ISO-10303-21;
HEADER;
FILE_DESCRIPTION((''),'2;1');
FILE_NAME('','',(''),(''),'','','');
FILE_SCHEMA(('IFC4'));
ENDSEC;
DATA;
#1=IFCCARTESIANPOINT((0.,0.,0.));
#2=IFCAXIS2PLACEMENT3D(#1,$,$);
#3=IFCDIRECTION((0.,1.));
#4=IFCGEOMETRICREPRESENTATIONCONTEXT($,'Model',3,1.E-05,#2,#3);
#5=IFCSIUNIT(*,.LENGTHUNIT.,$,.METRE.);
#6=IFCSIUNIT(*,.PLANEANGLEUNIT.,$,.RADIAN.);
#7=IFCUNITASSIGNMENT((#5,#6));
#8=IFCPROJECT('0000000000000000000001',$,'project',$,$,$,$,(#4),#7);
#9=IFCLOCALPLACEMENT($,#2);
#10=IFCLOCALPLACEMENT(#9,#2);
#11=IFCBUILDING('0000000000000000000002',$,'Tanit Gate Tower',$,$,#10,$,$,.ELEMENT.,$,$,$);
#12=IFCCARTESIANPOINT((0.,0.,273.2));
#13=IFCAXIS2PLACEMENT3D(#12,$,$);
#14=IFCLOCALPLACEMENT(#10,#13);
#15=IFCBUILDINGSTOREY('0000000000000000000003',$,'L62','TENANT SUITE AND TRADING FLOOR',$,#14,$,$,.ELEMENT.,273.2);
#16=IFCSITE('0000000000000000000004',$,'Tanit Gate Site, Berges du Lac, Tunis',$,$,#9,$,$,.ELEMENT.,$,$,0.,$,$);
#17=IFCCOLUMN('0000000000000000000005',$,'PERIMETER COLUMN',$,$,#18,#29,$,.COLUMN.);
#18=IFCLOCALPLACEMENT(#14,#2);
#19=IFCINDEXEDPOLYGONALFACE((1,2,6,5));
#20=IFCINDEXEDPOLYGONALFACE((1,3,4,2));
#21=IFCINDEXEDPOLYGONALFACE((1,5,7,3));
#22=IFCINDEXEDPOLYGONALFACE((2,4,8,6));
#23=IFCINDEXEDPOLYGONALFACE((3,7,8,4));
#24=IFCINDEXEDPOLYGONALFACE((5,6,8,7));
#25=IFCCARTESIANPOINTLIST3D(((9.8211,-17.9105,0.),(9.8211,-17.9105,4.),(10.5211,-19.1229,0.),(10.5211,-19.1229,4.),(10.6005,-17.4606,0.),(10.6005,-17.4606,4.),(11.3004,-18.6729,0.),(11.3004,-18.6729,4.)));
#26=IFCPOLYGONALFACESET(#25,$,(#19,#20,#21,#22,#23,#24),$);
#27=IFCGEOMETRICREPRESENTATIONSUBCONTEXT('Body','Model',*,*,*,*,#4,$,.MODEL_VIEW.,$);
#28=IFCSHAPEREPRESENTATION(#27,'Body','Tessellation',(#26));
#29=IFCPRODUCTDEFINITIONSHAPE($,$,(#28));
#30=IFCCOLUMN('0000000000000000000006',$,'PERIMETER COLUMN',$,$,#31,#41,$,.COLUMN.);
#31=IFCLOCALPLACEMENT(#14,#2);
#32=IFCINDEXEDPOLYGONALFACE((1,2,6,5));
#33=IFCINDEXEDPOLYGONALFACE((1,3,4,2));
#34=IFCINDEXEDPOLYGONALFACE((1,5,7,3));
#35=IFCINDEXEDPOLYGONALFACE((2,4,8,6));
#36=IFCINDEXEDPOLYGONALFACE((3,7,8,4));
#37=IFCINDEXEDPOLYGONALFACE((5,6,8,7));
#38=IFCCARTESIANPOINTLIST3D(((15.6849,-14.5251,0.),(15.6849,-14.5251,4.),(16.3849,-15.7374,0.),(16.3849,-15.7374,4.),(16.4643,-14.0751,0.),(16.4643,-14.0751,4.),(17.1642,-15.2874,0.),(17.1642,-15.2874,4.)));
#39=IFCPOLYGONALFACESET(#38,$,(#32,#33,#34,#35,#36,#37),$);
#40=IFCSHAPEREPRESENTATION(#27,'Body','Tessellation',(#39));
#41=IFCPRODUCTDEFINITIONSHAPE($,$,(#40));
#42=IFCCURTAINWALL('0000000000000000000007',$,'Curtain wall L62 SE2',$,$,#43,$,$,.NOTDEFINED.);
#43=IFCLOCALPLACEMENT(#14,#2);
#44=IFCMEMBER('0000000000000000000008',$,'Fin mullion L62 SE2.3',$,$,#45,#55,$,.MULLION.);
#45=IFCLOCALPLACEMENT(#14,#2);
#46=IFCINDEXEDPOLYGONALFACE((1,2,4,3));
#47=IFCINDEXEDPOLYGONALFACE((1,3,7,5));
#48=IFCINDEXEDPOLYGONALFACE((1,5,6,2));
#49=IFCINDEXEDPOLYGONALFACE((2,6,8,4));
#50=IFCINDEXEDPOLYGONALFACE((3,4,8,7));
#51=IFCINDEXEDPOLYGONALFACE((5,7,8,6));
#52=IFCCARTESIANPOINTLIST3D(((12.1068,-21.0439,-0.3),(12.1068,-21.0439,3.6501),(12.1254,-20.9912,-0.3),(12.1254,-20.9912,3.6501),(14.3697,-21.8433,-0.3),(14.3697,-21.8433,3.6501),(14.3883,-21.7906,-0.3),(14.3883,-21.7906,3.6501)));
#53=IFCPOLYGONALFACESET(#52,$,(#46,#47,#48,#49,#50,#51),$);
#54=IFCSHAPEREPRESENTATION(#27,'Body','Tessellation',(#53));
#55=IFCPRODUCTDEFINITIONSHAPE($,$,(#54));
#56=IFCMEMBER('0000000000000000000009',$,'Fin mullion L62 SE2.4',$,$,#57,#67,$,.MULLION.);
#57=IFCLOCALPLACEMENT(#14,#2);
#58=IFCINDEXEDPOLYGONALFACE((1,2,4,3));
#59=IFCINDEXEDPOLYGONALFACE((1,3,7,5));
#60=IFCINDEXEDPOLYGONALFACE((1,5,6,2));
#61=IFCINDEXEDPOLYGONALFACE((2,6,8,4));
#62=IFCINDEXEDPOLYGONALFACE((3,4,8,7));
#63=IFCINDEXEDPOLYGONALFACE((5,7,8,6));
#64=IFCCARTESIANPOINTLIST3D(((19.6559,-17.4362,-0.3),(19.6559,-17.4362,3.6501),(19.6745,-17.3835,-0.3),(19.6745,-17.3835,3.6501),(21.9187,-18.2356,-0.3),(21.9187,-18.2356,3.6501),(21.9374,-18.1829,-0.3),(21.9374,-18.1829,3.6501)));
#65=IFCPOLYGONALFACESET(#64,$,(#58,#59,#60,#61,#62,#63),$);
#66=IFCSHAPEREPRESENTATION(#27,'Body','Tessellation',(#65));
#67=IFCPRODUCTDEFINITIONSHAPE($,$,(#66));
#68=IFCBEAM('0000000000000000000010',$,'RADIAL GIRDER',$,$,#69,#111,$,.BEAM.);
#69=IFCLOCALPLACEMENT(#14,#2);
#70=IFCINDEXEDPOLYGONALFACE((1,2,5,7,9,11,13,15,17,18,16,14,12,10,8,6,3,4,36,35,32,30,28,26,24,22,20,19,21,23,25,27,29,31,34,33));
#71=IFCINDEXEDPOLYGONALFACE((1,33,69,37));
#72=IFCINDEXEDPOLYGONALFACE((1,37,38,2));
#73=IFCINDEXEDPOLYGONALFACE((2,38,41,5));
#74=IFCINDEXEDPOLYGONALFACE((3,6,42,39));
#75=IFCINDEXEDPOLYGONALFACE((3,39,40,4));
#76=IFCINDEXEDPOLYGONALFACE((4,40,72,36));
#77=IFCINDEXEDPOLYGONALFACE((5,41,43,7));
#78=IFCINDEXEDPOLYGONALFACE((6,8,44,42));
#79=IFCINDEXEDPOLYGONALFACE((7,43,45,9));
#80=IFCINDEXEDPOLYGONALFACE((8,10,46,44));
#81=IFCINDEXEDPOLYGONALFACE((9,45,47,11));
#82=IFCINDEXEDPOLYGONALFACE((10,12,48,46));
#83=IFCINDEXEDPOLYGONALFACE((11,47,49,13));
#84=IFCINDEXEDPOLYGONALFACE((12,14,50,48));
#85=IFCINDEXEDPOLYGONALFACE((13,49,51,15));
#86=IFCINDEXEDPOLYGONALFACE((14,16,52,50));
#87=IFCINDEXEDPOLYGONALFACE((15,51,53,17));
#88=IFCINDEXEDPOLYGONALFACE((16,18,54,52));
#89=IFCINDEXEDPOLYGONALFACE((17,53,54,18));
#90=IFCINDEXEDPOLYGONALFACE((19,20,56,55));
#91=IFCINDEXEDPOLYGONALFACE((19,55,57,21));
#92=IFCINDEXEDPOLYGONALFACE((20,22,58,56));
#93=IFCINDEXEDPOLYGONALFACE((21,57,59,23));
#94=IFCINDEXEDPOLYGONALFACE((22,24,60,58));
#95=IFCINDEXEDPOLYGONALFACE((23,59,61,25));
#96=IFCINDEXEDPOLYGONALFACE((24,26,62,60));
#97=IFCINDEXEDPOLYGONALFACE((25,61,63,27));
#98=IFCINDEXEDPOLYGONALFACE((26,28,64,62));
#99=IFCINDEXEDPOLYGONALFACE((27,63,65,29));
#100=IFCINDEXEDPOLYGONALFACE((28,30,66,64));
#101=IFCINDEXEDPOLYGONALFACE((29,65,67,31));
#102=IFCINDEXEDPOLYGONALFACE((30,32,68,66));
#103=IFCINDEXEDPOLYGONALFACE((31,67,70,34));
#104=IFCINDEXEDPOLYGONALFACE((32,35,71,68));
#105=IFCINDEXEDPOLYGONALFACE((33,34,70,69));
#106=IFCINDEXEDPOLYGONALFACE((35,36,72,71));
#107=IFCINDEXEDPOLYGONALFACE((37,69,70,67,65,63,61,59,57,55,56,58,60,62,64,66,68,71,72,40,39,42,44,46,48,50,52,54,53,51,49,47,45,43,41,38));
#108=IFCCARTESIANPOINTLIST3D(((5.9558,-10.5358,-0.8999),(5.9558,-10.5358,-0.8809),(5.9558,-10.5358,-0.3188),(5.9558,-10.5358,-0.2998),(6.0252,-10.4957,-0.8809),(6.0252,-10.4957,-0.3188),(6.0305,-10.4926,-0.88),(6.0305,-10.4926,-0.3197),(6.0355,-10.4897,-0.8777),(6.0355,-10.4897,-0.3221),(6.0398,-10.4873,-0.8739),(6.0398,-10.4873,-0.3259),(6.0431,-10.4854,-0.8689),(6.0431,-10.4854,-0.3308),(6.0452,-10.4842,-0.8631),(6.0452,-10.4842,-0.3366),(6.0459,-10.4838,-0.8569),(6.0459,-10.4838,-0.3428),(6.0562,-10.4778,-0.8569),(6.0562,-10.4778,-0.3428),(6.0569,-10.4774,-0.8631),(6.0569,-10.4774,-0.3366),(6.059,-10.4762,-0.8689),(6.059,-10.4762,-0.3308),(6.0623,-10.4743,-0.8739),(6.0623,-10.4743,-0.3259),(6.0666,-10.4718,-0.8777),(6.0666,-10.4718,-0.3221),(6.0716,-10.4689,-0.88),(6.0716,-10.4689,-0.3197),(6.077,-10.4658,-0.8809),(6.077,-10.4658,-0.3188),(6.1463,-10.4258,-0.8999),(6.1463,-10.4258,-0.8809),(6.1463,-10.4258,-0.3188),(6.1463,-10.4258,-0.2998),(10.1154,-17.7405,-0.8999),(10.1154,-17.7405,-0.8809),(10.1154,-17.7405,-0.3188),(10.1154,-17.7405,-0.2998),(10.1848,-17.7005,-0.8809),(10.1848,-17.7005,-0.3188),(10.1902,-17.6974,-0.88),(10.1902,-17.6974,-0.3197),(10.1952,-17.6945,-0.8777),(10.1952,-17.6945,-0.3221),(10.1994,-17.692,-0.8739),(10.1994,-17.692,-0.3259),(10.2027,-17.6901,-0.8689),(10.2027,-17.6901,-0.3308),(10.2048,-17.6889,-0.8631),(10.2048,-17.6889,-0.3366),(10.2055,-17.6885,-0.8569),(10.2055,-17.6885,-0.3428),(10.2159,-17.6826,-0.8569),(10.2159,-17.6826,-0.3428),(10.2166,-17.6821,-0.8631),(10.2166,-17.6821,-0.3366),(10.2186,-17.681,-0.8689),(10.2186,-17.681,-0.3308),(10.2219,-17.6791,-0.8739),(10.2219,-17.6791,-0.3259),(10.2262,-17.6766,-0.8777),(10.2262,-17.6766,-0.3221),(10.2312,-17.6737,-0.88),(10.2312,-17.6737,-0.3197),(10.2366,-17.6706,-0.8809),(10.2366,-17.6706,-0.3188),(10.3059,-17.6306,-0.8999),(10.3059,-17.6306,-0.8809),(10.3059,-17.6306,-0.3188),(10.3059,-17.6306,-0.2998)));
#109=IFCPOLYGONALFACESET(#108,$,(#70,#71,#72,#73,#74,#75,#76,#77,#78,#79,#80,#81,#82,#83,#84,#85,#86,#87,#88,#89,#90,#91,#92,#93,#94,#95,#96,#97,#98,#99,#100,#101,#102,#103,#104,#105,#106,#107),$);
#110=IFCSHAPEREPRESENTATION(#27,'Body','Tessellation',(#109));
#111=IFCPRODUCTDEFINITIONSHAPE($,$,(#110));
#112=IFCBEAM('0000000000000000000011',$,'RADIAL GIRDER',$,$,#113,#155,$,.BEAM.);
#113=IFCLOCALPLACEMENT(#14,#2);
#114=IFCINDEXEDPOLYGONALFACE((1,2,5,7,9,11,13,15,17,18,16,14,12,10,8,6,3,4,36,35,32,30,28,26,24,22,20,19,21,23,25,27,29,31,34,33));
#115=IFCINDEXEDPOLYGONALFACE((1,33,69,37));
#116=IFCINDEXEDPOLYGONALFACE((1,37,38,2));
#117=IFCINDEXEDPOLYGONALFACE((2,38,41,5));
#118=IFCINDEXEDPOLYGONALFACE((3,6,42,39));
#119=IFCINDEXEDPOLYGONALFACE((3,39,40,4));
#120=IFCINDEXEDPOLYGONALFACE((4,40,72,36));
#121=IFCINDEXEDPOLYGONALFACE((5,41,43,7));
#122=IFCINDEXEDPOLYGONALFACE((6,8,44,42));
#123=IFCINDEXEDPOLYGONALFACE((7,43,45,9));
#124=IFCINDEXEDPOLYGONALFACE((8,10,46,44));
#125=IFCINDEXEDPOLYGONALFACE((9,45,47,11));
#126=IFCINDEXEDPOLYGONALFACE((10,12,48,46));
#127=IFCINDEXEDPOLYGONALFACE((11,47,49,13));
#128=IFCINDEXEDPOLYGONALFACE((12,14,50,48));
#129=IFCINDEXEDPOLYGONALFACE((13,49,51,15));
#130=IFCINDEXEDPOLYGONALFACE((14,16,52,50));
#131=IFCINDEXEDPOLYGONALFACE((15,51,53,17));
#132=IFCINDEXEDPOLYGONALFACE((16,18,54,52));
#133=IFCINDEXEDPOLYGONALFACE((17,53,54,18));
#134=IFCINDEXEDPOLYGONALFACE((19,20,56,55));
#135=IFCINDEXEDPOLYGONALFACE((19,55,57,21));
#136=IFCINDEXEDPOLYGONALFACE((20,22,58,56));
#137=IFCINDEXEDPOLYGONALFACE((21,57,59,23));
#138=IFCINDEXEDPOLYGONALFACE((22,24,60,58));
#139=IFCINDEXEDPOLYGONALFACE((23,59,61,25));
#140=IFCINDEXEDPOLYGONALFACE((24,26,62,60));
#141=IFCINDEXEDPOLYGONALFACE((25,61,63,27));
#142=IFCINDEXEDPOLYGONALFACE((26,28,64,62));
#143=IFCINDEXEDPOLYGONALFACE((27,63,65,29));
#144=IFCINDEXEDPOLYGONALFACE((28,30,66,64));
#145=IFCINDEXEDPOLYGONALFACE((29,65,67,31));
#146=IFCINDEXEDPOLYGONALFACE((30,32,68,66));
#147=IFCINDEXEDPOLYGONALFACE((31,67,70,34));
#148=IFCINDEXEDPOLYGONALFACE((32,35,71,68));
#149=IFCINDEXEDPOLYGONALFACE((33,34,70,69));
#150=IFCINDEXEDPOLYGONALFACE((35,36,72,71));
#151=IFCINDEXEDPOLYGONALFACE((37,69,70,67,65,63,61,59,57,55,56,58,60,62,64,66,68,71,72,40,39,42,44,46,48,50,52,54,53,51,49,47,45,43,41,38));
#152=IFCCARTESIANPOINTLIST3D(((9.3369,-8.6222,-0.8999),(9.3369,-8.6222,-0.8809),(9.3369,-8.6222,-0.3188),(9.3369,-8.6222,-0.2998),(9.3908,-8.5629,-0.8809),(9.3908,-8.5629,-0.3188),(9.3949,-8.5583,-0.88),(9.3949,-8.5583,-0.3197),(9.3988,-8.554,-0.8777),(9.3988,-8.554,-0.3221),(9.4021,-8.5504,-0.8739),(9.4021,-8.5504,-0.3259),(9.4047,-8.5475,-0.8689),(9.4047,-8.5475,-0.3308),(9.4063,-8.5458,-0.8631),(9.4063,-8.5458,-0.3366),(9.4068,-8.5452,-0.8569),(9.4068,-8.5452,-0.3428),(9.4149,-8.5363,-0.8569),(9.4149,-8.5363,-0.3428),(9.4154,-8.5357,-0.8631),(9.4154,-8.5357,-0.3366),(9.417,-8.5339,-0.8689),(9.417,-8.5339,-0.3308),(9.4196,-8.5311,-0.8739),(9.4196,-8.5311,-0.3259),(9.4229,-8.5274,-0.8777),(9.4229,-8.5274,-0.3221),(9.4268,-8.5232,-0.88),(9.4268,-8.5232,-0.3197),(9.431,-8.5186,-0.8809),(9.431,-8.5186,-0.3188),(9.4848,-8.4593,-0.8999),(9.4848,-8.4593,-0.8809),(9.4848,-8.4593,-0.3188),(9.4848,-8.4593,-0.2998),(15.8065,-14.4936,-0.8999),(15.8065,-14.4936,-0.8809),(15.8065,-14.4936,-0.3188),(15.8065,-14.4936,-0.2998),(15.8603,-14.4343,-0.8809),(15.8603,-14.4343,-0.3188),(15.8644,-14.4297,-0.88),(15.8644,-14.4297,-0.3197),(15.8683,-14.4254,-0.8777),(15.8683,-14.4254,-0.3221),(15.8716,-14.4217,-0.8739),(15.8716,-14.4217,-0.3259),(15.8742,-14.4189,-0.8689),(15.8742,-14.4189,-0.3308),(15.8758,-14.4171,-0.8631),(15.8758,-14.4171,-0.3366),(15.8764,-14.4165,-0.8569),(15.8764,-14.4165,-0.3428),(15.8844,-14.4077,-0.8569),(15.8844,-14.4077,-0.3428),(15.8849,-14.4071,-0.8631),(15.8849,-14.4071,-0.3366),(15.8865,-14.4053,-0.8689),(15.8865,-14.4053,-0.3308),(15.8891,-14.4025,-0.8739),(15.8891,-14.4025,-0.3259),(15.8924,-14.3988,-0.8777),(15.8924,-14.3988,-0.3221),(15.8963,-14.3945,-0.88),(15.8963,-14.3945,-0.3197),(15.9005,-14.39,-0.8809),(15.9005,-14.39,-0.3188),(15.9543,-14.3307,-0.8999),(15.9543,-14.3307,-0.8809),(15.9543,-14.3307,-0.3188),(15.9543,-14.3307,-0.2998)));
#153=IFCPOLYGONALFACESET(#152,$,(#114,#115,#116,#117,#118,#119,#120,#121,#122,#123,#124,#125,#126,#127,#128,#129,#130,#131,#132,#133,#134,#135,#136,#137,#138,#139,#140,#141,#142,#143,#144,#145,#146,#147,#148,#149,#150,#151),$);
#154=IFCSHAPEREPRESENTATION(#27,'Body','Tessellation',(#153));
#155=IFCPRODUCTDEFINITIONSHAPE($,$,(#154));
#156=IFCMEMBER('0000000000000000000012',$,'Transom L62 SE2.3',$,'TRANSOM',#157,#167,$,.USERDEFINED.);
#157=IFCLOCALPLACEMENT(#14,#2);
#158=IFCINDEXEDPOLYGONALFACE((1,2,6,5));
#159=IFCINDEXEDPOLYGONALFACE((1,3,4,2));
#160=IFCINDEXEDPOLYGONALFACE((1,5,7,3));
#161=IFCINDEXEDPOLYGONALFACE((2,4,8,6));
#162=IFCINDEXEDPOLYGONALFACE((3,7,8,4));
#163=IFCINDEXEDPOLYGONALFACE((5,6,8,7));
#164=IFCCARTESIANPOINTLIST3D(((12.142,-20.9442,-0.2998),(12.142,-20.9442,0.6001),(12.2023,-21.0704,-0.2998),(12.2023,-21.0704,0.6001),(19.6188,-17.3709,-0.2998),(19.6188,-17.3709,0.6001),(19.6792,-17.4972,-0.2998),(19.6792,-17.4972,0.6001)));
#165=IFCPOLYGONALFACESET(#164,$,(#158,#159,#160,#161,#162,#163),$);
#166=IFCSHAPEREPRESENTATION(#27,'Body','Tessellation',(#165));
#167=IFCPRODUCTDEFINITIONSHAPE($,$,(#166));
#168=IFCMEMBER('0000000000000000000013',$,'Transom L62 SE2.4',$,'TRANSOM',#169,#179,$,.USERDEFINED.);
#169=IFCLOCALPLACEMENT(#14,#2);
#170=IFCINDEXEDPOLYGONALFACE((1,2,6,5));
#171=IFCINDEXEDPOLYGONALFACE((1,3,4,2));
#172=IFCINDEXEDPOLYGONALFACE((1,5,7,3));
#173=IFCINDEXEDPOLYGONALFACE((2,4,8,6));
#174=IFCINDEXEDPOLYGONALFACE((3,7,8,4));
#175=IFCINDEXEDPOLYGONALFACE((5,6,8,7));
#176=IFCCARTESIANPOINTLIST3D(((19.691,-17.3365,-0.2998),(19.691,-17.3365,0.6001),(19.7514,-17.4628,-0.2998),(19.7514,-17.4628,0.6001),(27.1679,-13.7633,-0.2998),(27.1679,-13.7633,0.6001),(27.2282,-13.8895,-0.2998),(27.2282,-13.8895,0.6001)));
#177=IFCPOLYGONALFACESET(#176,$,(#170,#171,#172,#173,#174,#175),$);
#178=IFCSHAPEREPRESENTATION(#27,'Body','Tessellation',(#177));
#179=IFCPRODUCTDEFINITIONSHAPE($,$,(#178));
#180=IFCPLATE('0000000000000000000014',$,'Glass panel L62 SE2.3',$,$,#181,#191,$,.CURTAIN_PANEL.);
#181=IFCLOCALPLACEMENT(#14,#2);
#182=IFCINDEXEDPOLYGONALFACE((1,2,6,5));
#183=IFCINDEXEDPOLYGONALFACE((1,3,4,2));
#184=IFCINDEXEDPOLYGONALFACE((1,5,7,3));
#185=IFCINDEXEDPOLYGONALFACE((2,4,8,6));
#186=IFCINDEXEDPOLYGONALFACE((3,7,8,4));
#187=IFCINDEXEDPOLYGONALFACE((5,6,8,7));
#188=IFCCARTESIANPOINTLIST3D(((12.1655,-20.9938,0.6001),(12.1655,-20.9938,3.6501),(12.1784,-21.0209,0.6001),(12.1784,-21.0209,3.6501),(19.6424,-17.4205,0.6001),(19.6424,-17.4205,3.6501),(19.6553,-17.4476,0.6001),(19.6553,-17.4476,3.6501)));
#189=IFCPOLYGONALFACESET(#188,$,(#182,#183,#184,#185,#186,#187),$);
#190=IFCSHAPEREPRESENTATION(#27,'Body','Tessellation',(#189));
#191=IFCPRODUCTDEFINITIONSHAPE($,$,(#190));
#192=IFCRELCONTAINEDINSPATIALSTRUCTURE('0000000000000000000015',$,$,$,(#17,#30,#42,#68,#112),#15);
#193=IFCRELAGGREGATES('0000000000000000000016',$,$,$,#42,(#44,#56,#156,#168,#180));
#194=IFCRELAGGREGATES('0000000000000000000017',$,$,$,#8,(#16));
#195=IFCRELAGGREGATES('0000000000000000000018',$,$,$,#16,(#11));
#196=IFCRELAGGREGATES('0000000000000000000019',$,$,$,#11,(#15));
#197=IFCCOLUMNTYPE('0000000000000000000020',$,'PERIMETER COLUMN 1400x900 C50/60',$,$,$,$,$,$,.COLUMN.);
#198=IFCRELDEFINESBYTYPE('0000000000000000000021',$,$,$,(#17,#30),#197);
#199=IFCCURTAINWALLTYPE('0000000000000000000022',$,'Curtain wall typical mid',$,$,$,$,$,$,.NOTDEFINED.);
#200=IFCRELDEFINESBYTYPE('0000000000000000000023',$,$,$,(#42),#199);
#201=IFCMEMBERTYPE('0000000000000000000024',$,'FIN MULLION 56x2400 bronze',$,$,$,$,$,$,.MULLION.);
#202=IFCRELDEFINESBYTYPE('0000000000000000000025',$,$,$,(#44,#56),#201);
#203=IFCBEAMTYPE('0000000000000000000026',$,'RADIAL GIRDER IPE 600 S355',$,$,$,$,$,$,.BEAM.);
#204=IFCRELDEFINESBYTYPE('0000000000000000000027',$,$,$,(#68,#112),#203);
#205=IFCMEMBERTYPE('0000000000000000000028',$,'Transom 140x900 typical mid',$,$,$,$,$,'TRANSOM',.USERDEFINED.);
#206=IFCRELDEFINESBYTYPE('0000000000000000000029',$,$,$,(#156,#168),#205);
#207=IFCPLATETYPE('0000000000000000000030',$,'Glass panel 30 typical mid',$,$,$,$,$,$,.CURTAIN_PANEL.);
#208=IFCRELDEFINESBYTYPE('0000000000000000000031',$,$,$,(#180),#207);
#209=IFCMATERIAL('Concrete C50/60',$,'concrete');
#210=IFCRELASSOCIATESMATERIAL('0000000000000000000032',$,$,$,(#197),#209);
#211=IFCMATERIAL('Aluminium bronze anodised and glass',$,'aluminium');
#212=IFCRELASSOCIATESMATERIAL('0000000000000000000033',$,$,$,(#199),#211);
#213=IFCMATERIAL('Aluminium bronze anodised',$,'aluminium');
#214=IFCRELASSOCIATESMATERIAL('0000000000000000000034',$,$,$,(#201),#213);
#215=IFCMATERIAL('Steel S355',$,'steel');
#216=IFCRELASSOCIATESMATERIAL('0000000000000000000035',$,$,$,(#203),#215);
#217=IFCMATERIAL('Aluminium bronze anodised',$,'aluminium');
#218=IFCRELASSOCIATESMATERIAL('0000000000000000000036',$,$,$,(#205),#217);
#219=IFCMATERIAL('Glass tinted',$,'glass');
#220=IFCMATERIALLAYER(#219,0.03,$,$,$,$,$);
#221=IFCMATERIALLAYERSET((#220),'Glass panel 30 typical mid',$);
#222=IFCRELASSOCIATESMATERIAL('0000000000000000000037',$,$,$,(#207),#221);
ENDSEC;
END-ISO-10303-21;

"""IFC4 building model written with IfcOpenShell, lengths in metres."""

from ifc_helpers import new_model, si_unit, direction, frame, origin, origin_2d, place, context, subcontext, project, spatial, rectangle, i_section, extrude, material, layer, layer_set, material_profile, profile_set, type_object, element, aggregate, save


model = new_model("IFC4")

# Units and contexts
model_context = context("Model", 3, precision=1e-05, world=origin(), true_north=direction((0.0, 1.0)))
body_context = subcontext(model_context, "Body", "Model", "MODEL_VIEW")
ifc_project = project(units=[si_unit("LENGTHUNIT", "METRE"), si_unit("PLANEANGLEUNIT", "RADIAN")], contexts=[model_context])

# Site, building, storey
site_placement = place(None, origin())
site = spatial("IfcSite", under=ifc_project, at=site_placement, Name="Tanit Gate Site, Berges du Lac, Tunis", CompositionType="ELEMENT", RefElevation=0.0)
building_placement = place(site_placement, origin())
building = spatial("IfcBuilding", under=site, at=building_placement, Name="Tanit Gate Tower", CompositionType="ELEMENT")
storey_placement = place(building_placement, frame((0.0, 0.0, 273.2)))
storey = spatial("IfcBuildingStorey", under=building, at=storey_placement, Name="L62", Description="TENANT SUITE AND TRADING FLOOR", CompositionType="ELEMENT", Elevation=273.2)

# Columns
ifc_material_1 = material(Name="Concrete C50/60", Category="concrete")
ifc_material_profile_1 = material_profile(ifc_material_1, rectangle(XDim=1.3999, YDim=0.8999, at=origin_2d()), Name="RC 1400x900")
ifc_profile_set_1 = profile_set([ifc_material_profile_1], Name="Concrete C50/60")
column_type = type_object("IfcColumnType", Name="PERIMETER COLUMN 1400x900 C50/60", PredefinedType="COLUMN", material=ifc_profile_set_1)
for number, where, z_axis, x_axis, name in (
    (1, (10.5608, -18.2917, 0.0), (0.0, 0.0, 1.0), (0.5, -0.866025, 0.0), "PERIMETER COLUMN"),
    (2, (16.4246, -14.9062, 0.0), (0.0, 0.0, 1.0), (0.5, -0.866025, 0.0), "PERIMETER COLUMN"),
):
    element("IfcColumn", number, at=place(storey_placement, frame(where, z_axis=z_axis, x_axis=x_axis)), inside=storey, type_object=column_type, Name=name, PredefinedType="COLUMN", context=body_context, shape_type="SweptSolid", body=[
        extrude(rectangle(XDim=1.3999, YDim=0.8999, at=origin_2d()), origin(), (0.0, 0.0, 1.0), 4.0),
    ])

# Curtain wall, members
ifc_material_2 = material(Name="Aluminium bronze anodised and glass", Category="aluminium")
curtain_wall_type = type_object("IfcCurtainWallType", Name="Curtain wall typical mid", PredefinedType="NOTDEFINED", material=ifc_material_2)
curtain_wall_placement = place(storey_placement, origin())
curtain_wall = element("IfcCurtainWall", 3, at=curtain_wall_placement, inside=storey, type_object=curtain_wall_type, Name="Curtain wall L62 SE2", PredefinedType="NOTDEFINED")
ifc_material_3 = material(Name="Aluminium bronze anodised", Category="aluminium")
ifc_material_profile_2 = material_profile(ifc_material_3, rectangle(XDim=2.3999, YDim=0.0559, at=origin_2d()), Name="56x2400 bronze fin mullion")
ifc_profile_set_2 = profile_set([ifc_material_profile_2], Name="Aluminium bronze anodised")
member_type_1 = type_object("IfcMemberType", Name="FIN MULLION 56x2400 bronze", PredefinedType="MULLION", material=ifc_profile_set_2)
member_1_placement = place(storey_placement, frame((13.2476, -21.4172, -0.3), z_axis=(0.0, 0.0, 1.0), x_axis=(-0.942895, 0.33309, 0.0)))
member_1 = element("IfcMember", 4, at=member_1_placement, type_object=member_type_1, Name="Fin mullion L62 SE2.3", PredefinedType="MULLION", context=body_context, shape_type="SweptSolid", body=[
    extrude(rectangle(XDim=2.3999, YDim=0.0559, at=origin_2d()), origin(), (0.0, 0.0, 1.0), 3.9502),
])
member_2_placement = place(storey_placement, frame((20.7966, -17.8096, -0.3), z_axis=(0.0, 0.0, 1.0), x_axis=(-0.942895, 0.33309, 0.0)))
member_2 = element("IfcMember", 5, at=member_2_placement, type_object=member_type_1, Name="Fin mullion L62 SE2.4", PredefinedType="MULLION", context=body_context, shape_type="SweptSolid", body=[
    extrude(rectangle(XDim=2.3999, YDim=0.0559, at=origin_2d()), origin(), (0.0, 0.0, 1.0), 3.9502),
])

# Beams
ifc_material_4 = material(Name="Steel S355", Category="steel")
ifc_material_profile_3 = material_profile(ifc_material_4, i_section(OverallWidth=0.22, OverallDepth=0.6001, WebThickness=0.012, FlangeThickness=0.019, FilletRadius=0.0239, at=origin_2d()), Name="IPE 600")
ifc_profile_set_3 = profile_set([ifc_material_profile_3], Name="Steel S355")
beam_type = type_object("IfcBeamType", Name="RADIAL GIRDER IPE 600 S355", PredefinedType="BEAM", material=ifc_profile_set_3)
beam_1_placement = place(storey_placement, frame((10.2107, -17.6855, -0.5999), z_axis=(-0.499996, 0.866028, 0.0), x_axis=(-0.866028, -0.499996, 0.0)))
element("IfcBeam", 6, at=beam_1_placement, inside=storey, type_object=beam_type, Name="RADIAL GIRDER", PredefinedType="BEAM", context=body_context, shape_type="SweptSolid", body=[
    extrude(i_section(OverallWidth=0.22, OverallDepth=0.6001, WebThickness=0.012, FlangeThickness=0.019, FilletRadius=0.0239, at=origin_2d()), origin(), (0.0, 0.0, 1.0), 8.3193),
])
beam_2_placement = place(storey_placement, frame((15.8804, -14.4121, -0.5999), z_axis=(-0.74051, 0.672045, 0.0), x_axis=(-0.672045, -0.74051, 0.0)))
element("IfcBeam", 7, at=beam_2_placement, inside=storey, type_object=beam_type, Name="RADIAL GIRDER", PredefinedType="BEAM", context=body_context, shape_type="SweptSolid", body=[
    extrude(i_section(OverallWidth=0.22, OverallDepth=0.6001, WebThickness=0.012, FlangeThickness=0.019, FilletRadius=0.0239, at=origin_2d()), origin(), (0.0, 0.0, 1.0), 8.7366),
])

# Members
ifc_material_5 = material(Name="Aluminium bronze anodised", Category="aluminium")
ifc_material_profile_4 = material_profile(ifc_material_5, rectangle(XDim=0.1399, YDim=0.8999, at=origin_2d()), Name="140x900 bronze transom")
ifc_profile_set_4 = profile_set([ifc_material_profile_4], Name="Aluminium bronze anodised")
member_type_2 = type_object("IfcMemberType", Name="Transom 140x900 typical mid", ElementType="TRANSOM", PredefinedType="USERDEFINED", material=ifc_profile_set_4)
member_3_placement = place(storey_placement, frame((12.1721, -21.0073, 0.1501), z_axis=(0.902257, 0.431198, 0.0), x_axis=(-0.431198, 0.902257, 0.0)))
member_3 = element("IfcMember", 8, at=member_3_placement, type_object=member_type_2, Name="Transom L62 SE2.3", ObjectType="TRANSOM", PredefinedType="USERDEFINED", context=body_context, shape_type="SweptSolid", body=[
    extrude(rectangle(XDim=0.1399, YDim=0.8999, at=origin_2d()), origin(), (0.0, 0.0, 1.0), 8.2869),
])
member_4_placement = place(storey_placement, frame((19.7212, -17.3997, 0.1501), z_axis=(0.902257, 0.431198, 0.0), x_axis=(-0.431198, 0.902257, 0.0)))
member_4 = element("IfcMember", 9, at=member_4_placement, type_object=member_type_2, Name="Transom L62 SE2.4", ObjectType="TRANSOM", PredefinedType="USERDEFINED", context=body_context, shape_type="SweptSolid", body=[
    extrude(rectangle(XDim=0.1399, YDim=0.8999, at=origin_2d()), origin(), (0.0, 0.0, 1.0), 8.2869),
])

# Plate
ifc_material_6 = material(Name="Glass tinted", Category="glass")
ifc_layer_1 = layer(ifc_material_6, 0.03)
ifc_layer_set_1 = layer_set([ifc_layer_1], Name="Glass panel 30 typical mid")
plate_type = type_object("IfcPlateType", Name="Glass panel 30 typical mid", PredefinedType="CURTAIN_PANEL", material=ifc_layer_set_1)
plate_placement = place(storey_placement, frame((15.9104, -19.2207, 0.6001), z_axis=(0.0, 0.0, 1.0), x_axis=(0.902258, 0.431197, 0.0)))
plate = element("IfcPlate", 10, at=plate_placement, type_object=plate_type, Name="Glass panel L62 SE2.3", PredefinedType="CURTAIN_PANEL", context=body_context, shape_type="SweptSolid", body=[
    extrude(rectangle(XDim=8.2869, YDim=0.03, at=origin_2d()), origin(), (0.0, 0.0, 1.0), 3.05),
])
aggregate(curtain_wall, [member_1, member_2, member_3, member_4, plate])

save(model, "model.ifc")
